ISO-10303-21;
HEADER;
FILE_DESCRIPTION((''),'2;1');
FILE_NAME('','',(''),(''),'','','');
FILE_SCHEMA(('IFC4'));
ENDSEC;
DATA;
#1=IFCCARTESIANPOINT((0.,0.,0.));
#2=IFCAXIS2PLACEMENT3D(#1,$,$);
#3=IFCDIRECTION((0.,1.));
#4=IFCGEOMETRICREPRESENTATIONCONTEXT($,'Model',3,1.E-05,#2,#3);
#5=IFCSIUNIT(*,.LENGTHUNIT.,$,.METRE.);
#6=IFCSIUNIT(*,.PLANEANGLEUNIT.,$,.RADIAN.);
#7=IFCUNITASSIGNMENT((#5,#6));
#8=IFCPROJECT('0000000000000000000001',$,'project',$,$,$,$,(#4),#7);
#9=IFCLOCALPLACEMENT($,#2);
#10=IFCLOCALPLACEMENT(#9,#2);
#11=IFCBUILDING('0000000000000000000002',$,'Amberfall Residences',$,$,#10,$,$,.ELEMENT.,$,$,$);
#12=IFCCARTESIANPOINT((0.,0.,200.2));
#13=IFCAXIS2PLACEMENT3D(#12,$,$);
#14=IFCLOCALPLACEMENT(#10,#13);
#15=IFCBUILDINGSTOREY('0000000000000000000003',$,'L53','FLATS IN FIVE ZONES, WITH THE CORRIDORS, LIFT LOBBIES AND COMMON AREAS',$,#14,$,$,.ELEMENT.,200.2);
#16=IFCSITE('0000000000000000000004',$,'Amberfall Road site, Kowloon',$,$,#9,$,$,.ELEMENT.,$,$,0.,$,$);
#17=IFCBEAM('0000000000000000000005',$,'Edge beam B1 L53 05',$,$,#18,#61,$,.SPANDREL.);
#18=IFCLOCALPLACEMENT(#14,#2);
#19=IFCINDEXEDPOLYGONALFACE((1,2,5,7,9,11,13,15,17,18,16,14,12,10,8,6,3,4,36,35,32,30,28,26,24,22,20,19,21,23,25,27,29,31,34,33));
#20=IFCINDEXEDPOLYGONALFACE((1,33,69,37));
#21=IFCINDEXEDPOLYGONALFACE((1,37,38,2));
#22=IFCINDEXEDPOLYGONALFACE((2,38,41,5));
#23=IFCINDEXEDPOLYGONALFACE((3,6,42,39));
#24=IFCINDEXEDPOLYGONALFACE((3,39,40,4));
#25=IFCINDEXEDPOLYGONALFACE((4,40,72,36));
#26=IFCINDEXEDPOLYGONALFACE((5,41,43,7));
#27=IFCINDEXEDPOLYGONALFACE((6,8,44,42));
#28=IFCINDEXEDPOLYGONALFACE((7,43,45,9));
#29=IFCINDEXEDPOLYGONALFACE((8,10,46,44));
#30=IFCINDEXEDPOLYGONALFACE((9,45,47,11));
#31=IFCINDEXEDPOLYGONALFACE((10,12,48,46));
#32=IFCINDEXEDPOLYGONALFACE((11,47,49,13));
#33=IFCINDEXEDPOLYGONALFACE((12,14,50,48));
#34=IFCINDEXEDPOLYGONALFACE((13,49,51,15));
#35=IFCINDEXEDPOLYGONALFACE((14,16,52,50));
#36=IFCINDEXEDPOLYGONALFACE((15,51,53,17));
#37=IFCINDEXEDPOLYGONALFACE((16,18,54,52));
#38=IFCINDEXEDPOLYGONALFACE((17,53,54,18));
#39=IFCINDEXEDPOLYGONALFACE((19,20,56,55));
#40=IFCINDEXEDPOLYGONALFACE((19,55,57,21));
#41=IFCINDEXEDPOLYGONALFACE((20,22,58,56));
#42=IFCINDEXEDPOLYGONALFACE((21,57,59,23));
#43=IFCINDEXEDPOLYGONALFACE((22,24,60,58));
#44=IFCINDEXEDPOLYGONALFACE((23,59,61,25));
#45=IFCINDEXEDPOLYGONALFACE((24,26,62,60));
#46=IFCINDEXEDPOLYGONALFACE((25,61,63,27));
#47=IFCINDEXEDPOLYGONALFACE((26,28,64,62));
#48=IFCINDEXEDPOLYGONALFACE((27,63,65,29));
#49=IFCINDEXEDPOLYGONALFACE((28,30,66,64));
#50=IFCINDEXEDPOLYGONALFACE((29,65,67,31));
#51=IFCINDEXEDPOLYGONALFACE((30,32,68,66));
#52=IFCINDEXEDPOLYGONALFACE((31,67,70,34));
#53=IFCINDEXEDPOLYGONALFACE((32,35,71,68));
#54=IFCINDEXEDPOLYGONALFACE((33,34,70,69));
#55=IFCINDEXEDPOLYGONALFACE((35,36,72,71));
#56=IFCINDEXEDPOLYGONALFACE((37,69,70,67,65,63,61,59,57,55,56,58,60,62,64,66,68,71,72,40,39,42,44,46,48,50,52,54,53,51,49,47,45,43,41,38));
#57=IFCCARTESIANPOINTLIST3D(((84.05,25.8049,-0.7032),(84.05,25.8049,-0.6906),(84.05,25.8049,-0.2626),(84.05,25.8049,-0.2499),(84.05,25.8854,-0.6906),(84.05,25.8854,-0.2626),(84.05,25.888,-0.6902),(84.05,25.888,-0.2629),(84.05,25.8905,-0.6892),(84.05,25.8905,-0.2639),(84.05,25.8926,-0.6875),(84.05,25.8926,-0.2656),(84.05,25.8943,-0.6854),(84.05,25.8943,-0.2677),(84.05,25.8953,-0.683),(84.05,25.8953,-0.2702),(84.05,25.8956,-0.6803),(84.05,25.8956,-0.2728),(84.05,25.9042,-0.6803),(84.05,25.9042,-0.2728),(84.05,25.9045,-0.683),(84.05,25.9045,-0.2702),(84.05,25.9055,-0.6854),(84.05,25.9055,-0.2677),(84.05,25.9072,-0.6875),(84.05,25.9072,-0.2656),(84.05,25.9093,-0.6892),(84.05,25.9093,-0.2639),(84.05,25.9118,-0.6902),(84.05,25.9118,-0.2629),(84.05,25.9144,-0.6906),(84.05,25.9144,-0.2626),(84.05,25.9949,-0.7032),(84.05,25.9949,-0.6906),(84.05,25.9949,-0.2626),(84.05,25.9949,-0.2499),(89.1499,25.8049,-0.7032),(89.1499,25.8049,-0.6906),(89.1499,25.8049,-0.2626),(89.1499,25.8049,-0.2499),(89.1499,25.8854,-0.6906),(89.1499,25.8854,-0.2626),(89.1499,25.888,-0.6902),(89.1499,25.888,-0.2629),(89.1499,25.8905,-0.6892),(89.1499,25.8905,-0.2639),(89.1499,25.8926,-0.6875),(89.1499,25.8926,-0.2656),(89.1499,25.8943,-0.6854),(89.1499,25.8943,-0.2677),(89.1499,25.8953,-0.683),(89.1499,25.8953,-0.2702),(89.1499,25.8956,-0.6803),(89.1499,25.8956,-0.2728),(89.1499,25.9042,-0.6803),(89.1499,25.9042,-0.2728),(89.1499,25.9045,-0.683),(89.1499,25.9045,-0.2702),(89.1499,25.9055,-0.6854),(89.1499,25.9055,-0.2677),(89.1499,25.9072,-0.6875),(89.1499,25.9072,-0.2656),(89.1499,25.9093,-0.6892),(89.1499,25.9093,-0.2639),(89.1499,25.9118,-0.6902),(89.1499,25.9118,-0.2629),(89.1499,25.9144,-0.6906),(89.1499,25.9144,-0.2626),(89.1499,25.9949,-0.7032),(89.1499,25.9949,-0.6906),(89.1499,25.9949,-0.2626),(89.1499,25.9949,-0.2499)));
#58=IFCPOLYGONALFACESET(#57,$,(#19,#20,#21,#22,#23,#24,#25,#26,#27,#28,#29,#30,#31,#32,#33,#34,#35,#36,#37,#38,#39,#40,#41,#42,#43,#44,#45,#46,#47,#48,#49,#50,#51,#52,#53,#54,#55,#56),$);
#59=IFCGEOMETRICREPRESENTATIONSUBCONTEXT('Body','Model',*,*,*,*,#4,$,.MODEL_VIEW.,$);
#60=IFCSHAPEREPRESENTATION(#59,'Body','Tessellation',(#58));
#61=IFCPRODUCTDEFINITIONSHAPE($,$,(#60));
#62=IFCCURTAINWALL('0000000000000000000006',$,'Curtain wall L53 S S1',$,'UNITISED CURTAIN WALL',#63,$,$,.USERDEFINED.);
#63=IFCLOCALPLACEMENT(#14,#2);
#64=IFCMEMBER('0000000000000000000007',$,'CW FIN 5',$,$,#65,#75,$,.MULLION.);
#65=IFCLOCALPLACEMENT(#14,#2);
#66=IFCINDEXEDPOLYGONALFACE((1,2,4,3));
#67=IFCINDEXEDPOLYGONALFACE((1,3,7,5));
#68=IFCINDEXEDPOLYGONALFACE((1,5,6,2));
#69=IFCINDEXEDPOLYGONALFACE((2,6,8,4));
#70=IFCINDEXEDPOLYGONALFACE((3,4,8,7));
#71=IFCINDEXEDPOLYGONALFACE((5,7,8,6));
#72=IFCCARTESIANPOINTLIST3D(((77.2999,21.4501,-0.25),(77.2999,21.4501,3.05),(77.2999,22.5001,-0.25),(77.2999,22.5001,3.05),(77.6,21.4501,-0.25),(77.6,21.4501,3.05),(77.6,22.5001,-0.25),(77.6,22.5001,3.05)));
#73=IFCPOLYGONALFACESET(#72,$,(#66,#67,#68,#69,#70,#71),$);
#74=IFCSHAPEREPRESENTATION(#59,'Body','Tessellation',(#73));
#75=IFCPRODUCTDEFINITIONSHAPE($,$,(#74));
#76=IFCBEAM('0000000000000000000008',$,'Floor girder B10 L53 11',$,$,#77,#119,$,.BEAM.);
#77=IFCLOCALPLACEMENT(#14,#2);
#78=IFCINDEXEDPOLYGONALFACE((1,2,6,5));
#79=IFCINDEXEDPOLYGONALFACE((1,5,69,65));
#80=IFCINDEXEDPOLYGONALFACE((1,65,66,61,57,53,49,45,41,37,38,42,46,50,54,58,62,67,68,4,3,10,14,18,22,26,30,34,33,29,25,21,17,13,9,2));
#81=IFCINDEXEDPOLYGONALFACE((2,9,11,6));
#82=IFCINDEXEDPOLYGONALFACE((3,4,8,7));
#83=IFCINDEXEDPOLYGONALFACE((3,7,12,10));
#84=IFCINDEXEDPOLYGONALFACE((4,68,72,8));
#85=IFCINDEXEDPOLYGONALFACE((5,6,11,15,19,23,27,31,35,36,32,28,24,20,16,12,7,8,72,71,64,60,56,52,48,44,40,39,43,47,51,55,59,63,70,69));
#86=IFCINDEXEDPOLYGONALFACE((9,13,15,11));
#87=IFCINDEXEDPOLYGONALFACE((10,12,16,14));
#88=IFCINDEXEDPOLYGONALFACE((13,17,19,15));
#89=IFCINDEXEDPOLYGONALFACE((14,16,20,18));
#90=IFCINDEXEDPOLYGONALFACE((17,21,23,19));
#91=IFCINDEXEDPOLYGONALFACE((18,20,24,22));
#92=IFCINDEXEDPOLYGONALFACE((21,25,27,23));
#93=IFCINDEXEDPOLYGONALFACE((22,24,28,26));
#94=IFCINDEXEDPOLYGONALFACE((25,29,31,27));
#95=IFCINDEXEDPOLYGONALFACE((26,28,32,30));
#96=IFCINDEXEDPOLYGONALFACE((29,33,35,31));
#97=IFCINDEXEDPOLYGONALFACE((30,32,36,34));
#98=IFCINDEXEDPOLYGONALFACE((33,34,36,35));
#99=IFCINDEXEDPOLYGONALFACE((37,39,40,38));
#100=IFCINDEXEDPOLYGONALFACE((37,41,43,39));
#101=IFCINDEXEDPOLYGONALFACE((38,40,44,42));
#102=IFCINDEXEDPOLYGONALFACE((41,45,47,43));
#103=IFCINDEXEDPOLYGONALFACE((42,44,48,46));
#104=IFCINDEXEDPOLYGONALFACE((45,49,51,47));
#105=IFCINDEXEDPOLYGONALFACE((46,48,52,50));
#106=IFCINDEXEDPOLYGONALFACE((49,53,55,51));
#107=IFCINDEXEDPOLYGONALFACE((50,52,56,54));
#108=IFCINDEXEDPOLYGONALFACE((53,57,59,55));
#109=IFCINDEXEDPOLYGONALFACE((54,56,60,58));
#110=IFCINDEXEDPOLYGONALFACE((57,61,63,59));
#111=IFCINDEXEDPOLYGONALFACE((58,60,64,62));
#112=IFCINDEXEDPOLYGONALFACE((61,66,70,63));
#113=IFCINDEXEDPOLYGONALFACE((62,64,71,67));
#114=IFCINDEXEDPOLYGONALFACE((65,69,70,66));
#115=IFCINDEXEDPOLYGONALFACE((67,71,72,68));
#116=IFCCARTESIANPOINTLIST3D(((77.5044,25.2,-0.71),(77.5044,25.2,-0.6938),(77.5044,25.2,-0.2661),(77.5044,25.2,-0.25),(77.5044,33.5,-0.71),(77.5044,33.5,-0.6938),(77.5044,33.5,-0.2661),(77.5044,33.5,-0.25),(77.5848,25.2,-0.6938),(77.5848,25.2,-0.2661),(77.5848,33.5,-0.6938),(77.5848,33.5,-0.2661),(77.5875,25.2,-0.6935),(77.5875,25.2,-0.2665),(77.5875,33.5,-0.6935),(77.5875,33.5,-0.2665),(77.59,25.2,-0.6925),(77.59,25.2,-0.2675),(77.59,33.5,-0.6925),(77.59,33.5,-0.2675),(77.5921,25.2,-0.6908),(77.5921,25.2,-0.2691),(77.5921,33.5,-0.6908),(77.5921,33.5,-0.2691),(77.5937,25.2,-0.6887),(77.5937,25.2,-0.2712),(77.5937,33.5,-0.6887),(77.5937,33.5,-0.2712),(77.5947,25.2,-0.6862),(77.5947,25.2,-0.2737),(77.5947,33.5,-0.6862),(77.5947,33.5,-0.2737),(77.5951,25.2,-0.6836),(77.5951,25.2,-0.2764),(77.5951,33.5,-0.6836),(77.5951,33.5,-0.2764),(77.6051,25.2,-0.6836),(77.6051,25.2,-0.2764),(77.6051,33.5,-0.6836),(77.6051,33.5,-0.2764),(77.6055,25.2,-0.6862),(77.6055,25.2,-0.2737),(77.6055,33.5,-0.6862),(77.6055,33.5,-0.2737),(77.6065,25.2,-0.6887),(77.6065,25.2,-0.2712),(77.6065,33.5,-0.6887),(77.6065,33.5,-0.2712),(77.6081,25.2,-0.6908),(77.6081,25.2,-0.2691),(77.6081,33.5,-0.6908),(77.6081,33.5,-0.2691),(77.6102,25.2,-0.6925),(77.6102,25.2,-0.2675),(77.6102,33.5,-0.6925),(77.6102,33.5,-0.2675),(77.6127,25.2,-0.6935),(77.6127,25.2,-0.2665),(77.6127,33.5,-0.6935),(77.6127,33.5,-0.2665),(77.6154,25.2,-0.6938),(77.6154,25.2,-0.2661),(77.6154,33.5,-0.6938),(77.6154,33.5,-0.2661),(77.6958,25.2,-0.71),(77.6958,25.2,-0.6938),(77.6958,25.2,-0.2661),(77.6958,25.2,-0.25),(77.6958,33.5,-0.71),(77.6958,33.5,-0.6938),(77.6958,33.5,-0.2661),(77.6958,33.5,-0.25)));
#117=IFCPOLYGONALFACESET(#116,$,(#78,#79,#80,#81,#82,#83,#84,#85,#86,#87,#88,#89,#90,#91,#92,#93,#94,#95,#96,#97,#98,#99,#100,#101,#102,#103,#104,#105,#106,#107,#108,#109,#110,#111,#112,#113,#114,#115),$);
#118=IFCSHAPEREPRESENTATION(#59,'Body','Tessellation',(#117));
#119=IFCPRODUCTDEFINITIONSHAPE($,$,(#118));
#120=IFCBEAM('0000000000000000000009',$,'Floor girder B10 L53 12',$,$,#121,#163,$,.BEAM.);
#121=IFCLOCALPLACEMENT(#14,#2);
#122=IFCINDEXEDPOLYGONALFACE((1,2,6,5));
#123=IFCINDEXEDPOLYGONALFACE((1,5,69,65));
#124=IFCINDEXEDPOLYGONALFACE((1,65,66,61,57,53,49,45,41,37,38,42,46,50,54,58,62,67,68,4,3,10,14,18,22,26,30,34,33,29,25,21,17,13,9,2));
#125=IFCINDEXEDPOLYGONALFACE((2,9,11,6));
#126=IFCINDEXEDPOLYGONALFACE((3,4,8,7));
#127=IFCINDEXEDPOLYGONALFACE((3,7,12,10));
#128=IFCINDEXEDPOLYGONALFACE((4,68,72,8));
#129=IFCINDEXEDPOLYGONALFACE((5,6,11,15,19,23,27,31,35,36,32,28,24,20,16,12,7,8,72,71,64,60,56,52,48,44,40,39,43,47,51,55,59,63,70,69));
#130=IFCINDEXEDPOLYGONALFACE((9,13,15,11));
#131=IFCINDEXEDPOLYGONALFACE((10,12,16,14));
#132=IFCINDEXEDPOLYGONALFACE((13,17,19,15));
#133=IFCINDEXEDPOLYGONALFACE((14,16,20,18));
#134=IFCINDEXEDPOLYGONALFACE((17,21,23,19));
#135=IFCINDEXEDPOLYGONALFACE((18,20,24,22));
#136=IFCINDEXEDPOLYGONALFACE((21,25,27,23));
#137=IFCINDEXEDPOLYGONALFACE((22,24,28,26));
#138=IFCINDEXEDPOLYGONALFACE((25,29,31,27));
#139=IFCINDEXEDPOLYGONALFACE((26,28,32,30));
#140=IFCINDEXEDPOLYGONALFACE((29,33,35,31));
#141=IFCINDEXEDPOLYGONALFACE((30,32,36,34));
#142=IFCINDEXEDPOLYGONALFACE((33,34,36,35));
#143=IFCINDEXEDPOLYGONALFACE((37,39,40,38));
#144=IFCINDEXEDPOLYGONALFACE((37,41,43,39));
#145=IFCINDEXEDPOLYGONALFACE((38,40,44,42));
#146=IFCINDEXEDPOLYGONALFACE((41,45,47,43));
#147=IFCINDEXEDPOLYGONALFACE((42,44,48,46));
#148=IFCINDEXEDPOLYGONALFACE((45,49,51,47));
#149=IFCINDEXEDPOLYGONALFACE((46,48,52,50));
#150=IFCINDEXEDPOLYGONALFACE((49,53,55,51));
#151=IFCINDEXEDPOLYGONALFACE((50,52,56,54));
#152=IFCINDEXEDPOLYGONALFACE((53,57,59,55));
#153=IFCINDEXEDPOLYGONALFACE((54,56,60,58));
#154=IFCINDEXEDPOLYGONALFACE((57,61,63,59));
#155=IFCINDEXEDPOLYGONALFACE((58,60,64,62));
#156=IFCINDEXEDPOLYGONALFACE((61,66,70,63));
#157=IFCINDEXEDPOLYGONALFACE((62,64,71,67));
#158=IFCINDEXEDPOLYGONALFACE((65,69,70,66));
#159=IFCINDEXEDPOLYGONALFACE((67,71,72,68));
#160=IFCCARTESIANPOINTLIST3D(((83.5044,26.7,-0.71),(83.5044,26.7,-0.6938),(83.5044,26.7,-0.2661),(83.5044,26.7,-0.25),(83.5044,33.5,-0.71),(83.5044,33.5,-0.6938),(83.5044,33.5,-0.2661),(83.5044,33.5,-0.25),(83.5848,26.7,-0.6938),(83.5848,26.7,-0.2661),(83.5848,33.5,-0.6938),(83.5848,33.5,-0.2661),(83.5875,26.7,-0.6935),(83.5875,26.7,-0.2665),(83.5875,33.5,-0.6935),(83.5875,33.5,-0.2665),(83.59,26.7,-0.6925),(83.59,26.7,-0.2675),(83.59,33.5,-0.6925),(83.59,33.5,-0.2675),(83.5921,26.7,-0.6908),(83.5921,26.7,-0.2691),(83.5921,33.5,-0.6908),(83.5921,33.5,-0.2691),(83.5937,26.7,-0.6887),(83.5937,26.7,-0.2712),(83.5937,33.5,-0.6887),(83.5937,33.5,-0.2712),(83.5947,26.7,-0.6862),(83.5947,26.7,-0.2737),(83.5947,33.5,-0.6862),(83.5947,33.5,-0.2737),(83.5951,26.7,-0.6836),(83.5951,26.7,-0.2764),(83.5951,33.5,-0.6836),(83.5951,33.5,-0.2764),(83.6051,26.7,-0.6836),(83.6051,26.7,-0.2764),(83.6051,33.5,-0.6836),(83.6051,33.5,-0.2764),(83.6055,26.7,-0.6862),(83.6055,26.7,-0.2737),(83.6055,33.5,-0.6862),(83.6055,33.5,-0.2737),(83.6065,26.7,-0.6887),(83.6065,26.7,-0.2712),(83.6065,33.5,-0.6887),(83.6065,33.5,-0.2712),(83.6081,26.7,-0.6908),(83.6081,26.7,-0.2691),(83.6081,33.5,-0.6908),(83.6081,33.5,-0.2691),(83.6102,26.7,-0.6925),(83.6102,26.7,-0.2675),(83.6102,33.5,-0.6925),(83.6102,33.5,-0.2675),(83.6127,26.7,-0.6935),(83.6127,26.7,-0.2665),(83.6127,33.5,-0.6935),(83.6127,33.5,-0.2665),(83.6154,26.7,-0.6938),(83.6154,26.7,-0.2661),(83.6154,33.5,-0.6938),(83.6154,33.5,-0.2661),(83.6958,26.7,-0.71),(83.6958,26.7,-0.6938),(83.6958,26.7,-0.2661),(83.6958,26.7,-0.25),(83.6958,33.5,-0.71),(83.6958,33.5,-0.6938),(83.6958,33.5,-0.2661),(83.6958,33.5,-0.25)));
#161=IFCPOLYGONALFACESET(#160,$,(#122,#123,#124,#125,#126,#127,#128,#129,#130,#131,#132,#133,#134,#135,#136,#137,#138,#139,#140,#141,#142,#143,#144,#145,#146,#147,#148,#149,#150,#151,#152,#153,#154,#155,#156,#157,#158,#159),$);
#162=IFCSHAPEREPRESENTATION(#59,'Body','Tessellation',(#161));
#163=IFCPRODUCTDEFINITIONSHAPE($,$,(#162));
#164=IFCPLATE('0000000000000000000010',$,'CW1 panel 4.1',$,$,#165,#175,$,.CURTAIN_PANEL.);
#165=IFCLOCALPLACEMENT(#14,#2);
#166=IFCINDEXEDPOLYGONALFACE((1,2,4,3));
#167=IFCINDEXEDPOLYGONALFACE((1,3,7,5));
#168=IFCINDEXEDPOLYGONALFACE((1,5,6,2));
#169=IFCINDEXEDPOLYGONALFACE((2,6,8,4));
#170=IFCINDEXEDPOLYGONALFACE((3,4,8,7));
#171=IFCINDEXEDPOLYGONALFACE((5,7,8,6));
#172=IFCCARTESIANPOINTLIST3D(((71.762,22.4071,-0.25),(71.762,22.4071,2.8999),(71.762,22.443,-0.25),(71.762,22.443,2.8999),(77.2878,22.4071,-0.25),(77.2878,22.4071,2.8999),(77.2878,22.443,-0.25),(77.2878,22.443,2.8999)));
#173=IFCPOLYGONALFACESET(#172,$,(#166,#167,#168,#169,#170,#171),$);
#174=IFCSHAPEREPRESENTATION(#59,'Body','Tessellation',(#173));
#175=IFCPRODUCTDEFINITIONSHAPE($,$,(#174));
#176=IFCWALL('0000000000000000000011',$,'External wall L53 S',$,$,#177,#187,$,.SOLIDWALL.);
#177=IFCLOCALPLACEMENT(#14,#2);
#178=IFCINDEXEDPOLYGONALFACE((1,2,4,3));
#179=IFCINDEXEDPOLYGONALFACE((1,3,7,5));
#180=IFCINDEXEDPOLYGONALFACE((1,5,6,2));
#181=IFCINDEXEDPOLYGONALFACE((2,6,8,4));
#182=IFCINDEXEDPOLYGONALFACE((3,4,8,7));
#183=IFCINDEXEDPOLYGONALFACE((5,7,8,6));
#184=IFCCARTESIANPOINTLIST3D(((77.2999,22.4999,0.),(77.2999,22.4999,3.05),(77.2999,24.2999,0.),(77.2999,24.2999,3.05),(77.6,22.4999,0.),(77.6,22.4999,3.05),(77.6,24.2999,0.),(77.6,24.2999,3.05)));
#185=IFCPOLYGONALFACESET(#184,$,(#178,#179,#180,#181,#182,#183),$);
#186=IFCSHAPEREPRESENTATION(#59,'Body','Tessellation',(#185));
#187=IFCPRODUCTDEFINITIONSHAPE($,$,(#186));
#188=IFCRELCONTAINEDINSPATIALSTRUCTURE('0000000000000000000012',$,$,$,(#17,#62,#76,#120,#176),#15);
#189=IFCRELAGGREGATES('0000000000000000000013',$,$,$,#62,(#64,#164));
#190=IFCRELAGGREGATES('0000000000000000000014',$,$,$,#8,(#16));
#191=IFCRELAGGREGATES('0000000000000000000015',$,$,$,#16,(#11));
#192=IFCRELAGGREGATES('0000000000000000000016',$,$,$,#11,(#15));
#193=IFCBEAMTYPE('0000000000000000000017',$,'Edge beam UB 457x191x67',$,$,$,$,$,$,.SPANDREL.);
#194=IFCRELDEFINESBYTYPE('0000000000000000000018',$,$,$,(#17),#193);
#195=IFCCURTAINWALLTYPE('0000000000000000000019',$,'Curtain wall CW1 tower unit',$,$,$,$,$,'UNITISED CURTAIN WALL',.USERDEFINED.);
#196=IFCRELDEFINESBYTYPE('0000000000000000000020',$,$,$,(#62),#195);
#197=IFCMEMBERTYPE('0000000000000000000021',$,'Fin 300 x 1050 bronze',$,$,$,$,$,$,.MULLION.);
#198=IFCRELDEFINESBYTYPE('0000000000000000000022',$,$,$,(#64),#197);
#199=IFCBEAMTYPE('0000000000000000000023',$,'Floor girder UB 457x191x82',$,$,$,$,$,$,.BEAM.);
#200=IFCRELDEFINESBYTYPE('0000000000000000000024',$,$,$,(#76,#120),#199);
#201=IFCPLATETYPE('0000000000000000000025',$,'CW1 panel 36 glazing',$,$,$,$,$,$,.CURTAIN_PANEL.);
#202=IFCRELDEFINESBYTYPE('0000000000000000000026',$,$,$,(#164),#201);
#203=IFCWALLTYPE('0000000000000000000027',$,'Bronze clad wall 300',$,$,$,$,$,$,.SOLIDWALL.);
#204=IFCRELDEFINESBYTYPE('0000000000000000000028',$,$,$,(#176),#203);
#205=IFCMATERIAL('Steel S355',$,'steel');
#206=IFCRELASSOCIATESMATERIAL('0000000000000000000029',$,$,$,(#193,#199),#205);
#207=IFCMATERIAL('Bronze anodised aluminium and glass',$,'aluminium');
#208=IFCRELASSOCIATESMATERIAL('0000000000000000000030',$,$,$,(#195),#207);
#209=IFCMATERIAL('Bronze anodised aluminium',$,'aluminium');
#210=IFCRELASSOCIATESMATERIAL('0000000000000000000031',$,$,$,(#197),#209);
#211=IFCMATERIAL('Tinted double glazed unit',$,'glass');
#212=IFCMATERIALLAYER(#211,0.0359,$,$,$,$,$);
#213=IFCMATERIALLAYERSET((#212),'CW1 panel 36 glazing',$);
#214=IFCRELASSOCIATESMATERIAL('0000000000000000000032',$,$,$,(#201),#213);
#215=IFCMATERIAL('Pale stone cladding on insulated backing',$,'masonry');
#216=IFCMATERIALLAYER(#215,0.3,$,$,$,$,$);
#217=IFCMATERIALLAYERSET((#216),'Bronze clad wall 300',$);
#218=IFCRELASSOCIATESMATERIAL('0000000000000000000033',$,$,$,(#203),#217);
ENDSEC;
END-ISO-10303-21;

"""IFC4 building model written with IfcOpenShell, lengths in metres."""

from ifc_helpers import new_model, si_unit, direction, frame, frame_2d, origin, origin_2d, place, context, subcontext, project, spatial, rectangle, i_section, extrude, material, layer, layer_set, material_profile, profile_set, type_object, element, aggregate, save


model = new_model("IFC4")

# Units and contexts
model_context = context("Model", 3, precision=1e-05, world=origin(), true_north=direction((0.0, 1.0)))
body_context = subcontext(model_context, "Body", "Model", "MODEL_VIEW")
ifc_project = project(units=[si_unit("LENGTHUNIT", "METRE"), si_unit("PLANEANGLEUNIT", "RADIAN")], contexts=[model_context])

# Site, building, storey
site_placement = place(None, origin())
site = spatial("IfcSite", under=ifc_project, at=site_placement, Name="Amberfall Road site, Kowloon", CompositionType="ELEMENT", RefElevation=0.0)
building_placement = place(site_placement, origin())
building = spatial("IfcBuilding", under=site, at=building_placement, Name="Amberfall Residences", CompositionType="ELEMENT")
storey_placement = place(building_placement, frame((0.0, 0.0, 200.2)))
storey = spatial("IfcBuildingStorey", under=building, at=storey_placement, Name="L53", Description="FLATS IN FIVE ZONES, WITH THE CORRIDORS, LIFT LOBBIES AND COMMON AREAS", CompositionType="ELEMENT", Elevation=200.2)

# Beam
ifc_material_1 = material(Name="Steel S355", Category="steel")
ifc_material_profile_1 = material_profile(ifc_material_1, i_section(OverallWidth=0.1899, OverallDepth=0.4534, WebThickness=0.0085, FlangeThickness=0.0127, FilletRadius=0.0103, at=origin_2d()), Name="UB 457x191x67")
ifc_profile_set_1 = profile_set([ifc_material_profile_1], Name="Steel S355")
beam_type_1 = type_object("IfcBeamType", Name="Edge beam UB 457x191x67", PredefinedType="SPANDREL", material=ifc_profile_set_1)
beam_1_placement = place(storey_placement, frame((84.05, 25.8999, -0.4766), z_axis=(1.0, 0.0, 0.0), x_axis=(0.0, 1.0, 0.0)))
element("IfcBeam", 1, at=beam_1_placement, inside=storey, type_object=beam_type_1, Name="Edge beam B1 L53 05", PredefinedType="SPANDREL", context=body_context, shape_type="SweptSolid", body=[
    extrude(i_section(OverallWidth=0.1899, OverallDepth=0.4534, WebThickness=0.0085, FlangeThickness=0.0127, FilletRadius=0.0103, at=origin_2d()), origin(), (0.0, 0.0, 1.0), 5.0999),
])

# Curtain wall, member
ifc_material_2 = material(Name="Bronze anodised aluminium and glass", Category="aluminium")
curtain_wall_type = type_object("IfcCurtainWallType", Name="Curtain wall CW1 tower unit", ElementType="UNITISED CURTAIN WALL", PredefinedType="USERDEFINED", material=ifc_material_2)
curtain_wall_placement = place(storey_placement, origin())
curtain_wall = element("IfcCurtainWall", 2, at=curtain_wall_placement, inside=storey, type_object=curtain_wall_type, Name="Curtain wall L53 S S1", ObjectType="UNITISED CURTAIN WALL", PredefinedType="USERDEFINED")
ifc_material_3 = material(Name="Bronze anodised aluminium", Category="aluminium")
ifc_material_profile_2 = material_profile(ifc_material_3, rectangle(XDim=1.05, YDim=0.3, at=origin_2d()), Name="Fin 300 x 1050 bronze")
ifc_profile_set_2 = profile_set([ifc_material_profile_2], Name="Bronze anodised aluminium")
member_type = type_object("IfcMemberType", Name="Fin 300 x 1050 bronze", PredefinedType="MULLION", material=ifc_profile_set_2)
member_placement = place(storey_placement, frame((77.45, 21.9751, -0.25), z_axis=(0.0, 0.0, 1.0), x_axis=(0.0, 1.0, 0.0)))
member = element("IfcMember", 3, at=member_placement, type_object=member_type, Name="CW FIN 5", PredefinedType="MULLION", context=body_context, shape_type="SweptSolid", body=[
    extrude(rectangle(XDim=1.05, YDim=0.3, at=origin_2d()), origin(), (0.0, 0.0, 1.0), 3.3),
])

# Beams
ifc_material_profile_3 = material_profile(ifc_material_1, i_section(OverallWidth=0.1914, OverallDepth=0.46, WebThickness=0.01, FlangeThickness=0.0161, FilletRadius=0.0103, at=origin_2d()), Name="UB 457x191x82")
ifc_profile_set_3 = profile_set([ifc_material_profile_3], Name="Steel S355")
beam_type_2 = type_object("IfcBeamType", Name="Floor girder UB 457x191x82", PredefinedType="BEAM", material=ifc_profile_set_3)
beam_2_placement = place(storey_placement, frame((77.6001, 25.2, -0.48), z_axis=(0.0, 1.0, 0.0), x_axis=(-1.0, 0.0, 0.0)))
element("IfcBeam", 4, at=beam_2_placement, inside=storey, type_object=beam_type_2, Name="Floor girder B10 L53 11", PredefinedType="BEAM", context=body_context, shape_type="SweptSolid", body=[
    extrude(i_section(OverallWidth=0.1914, OverallDepth=0.46, WebThickness=0.01, FlangeThickness=0.0161, FilletRadius=0.0103, at=origin_2d()), origin(), (0.0, 0.0, 1.0), 8.3),
])
beam_3_placement = place(storey_placement, frame((83.6001, 26.7, -0.48), z_axis=(0.0, 1.0, 0.0), x_axis=(-1.0, 0.0, 0.0)))
element("IfcBeam", 5, at=beam_3_placement, inside=storey, type_object=beam_type_2, Name="Floor girder B10 L53 12", PredefinedType="BEAM", context=body_context, shape_type="SweptSolid", body=[
    extrude(i_section(OverallWidth=0.1914, OverallDepth=0.46, WebThickness=0.01, FlangeThickness=0.0161, FilletRadius=0.0103, at=origin_2d()), origin(), (0.0, 0.0, 1.0), 6.8),
])

# Plate
ifc_material_4 = material(Name="Tinted double glazed unit", Category="glass")
ifc_layer_1 = layer(ifc_material_4, 0.0359)
ifc_layer_set_1 = layer_set([ifc_layer_1], Name="CW1 panel 36 glazing")
plate_type = type_object("IfcPlateType", Name="CW1 panel 36 glazing", PredefinedType="CURTAIN_PANEL", material=ifc_layer_set_1)
plate_placement = place(storey_placement, frame((74.5249, 22.425, -0.25), z_axis=(0.0, 0.0, 1.0), x_axis=(1.0, 0.0, 0.0)))
plate = element("IfcPlate", 6, at=plate_placement, type_object=plate_type, Name="CW1 panel 4.1", PredefinedType="CURTAIN_PANEL", context=body_context, shape_type="SweptSolid", body=[
    extrude(rectangle(XDim=5.5259, YDim=0.0359, at=origin_2d()), origin(), (0.0, 0.0, 1.0), 3.1499),
])
aggregate(curtain_wall, [member, plate])

# Wall
ifc_material_5 = material(Name="Pale stone cladding on insulated backing", Category="masonry")
ifc_layer_2 = layer(ifc_material_5, 0.3)
ifc_layer_set_2 = layer_set([ifc_layer_2], Name="Bronze clad wall 300")
wall_type_1 = type_object("IfcWallType", Name="Bronze clad wall 300", PredefinedType="SOLIDWALL", material=ifc_layer_set_2)
for number, where, z_axis, x_axis, name in (
    (7, (77.45, 22.5, 0.0), (0.0, 0.0, 1.0), (0.0, 1.0, 0.0), "External wall L53 S"),
):
    element("IfcWall", number, at=place(storey_placement, frame(where, z_axis=z_axis, x_axis=x_axis)), inside=storey, type_object=wall_type_1, Name=name, PredefinedType="SOLIDWALL", context=body_context, shape_type="SweptSolid", body=[
        extrude(rectangle(XDim=1.8, YDim=0.3, at=frame_2d((0.8999, 0.0))), origin(), (0.0, 0.0, 1.0), 3.05),
    ])

save(model, "model.ifc")
